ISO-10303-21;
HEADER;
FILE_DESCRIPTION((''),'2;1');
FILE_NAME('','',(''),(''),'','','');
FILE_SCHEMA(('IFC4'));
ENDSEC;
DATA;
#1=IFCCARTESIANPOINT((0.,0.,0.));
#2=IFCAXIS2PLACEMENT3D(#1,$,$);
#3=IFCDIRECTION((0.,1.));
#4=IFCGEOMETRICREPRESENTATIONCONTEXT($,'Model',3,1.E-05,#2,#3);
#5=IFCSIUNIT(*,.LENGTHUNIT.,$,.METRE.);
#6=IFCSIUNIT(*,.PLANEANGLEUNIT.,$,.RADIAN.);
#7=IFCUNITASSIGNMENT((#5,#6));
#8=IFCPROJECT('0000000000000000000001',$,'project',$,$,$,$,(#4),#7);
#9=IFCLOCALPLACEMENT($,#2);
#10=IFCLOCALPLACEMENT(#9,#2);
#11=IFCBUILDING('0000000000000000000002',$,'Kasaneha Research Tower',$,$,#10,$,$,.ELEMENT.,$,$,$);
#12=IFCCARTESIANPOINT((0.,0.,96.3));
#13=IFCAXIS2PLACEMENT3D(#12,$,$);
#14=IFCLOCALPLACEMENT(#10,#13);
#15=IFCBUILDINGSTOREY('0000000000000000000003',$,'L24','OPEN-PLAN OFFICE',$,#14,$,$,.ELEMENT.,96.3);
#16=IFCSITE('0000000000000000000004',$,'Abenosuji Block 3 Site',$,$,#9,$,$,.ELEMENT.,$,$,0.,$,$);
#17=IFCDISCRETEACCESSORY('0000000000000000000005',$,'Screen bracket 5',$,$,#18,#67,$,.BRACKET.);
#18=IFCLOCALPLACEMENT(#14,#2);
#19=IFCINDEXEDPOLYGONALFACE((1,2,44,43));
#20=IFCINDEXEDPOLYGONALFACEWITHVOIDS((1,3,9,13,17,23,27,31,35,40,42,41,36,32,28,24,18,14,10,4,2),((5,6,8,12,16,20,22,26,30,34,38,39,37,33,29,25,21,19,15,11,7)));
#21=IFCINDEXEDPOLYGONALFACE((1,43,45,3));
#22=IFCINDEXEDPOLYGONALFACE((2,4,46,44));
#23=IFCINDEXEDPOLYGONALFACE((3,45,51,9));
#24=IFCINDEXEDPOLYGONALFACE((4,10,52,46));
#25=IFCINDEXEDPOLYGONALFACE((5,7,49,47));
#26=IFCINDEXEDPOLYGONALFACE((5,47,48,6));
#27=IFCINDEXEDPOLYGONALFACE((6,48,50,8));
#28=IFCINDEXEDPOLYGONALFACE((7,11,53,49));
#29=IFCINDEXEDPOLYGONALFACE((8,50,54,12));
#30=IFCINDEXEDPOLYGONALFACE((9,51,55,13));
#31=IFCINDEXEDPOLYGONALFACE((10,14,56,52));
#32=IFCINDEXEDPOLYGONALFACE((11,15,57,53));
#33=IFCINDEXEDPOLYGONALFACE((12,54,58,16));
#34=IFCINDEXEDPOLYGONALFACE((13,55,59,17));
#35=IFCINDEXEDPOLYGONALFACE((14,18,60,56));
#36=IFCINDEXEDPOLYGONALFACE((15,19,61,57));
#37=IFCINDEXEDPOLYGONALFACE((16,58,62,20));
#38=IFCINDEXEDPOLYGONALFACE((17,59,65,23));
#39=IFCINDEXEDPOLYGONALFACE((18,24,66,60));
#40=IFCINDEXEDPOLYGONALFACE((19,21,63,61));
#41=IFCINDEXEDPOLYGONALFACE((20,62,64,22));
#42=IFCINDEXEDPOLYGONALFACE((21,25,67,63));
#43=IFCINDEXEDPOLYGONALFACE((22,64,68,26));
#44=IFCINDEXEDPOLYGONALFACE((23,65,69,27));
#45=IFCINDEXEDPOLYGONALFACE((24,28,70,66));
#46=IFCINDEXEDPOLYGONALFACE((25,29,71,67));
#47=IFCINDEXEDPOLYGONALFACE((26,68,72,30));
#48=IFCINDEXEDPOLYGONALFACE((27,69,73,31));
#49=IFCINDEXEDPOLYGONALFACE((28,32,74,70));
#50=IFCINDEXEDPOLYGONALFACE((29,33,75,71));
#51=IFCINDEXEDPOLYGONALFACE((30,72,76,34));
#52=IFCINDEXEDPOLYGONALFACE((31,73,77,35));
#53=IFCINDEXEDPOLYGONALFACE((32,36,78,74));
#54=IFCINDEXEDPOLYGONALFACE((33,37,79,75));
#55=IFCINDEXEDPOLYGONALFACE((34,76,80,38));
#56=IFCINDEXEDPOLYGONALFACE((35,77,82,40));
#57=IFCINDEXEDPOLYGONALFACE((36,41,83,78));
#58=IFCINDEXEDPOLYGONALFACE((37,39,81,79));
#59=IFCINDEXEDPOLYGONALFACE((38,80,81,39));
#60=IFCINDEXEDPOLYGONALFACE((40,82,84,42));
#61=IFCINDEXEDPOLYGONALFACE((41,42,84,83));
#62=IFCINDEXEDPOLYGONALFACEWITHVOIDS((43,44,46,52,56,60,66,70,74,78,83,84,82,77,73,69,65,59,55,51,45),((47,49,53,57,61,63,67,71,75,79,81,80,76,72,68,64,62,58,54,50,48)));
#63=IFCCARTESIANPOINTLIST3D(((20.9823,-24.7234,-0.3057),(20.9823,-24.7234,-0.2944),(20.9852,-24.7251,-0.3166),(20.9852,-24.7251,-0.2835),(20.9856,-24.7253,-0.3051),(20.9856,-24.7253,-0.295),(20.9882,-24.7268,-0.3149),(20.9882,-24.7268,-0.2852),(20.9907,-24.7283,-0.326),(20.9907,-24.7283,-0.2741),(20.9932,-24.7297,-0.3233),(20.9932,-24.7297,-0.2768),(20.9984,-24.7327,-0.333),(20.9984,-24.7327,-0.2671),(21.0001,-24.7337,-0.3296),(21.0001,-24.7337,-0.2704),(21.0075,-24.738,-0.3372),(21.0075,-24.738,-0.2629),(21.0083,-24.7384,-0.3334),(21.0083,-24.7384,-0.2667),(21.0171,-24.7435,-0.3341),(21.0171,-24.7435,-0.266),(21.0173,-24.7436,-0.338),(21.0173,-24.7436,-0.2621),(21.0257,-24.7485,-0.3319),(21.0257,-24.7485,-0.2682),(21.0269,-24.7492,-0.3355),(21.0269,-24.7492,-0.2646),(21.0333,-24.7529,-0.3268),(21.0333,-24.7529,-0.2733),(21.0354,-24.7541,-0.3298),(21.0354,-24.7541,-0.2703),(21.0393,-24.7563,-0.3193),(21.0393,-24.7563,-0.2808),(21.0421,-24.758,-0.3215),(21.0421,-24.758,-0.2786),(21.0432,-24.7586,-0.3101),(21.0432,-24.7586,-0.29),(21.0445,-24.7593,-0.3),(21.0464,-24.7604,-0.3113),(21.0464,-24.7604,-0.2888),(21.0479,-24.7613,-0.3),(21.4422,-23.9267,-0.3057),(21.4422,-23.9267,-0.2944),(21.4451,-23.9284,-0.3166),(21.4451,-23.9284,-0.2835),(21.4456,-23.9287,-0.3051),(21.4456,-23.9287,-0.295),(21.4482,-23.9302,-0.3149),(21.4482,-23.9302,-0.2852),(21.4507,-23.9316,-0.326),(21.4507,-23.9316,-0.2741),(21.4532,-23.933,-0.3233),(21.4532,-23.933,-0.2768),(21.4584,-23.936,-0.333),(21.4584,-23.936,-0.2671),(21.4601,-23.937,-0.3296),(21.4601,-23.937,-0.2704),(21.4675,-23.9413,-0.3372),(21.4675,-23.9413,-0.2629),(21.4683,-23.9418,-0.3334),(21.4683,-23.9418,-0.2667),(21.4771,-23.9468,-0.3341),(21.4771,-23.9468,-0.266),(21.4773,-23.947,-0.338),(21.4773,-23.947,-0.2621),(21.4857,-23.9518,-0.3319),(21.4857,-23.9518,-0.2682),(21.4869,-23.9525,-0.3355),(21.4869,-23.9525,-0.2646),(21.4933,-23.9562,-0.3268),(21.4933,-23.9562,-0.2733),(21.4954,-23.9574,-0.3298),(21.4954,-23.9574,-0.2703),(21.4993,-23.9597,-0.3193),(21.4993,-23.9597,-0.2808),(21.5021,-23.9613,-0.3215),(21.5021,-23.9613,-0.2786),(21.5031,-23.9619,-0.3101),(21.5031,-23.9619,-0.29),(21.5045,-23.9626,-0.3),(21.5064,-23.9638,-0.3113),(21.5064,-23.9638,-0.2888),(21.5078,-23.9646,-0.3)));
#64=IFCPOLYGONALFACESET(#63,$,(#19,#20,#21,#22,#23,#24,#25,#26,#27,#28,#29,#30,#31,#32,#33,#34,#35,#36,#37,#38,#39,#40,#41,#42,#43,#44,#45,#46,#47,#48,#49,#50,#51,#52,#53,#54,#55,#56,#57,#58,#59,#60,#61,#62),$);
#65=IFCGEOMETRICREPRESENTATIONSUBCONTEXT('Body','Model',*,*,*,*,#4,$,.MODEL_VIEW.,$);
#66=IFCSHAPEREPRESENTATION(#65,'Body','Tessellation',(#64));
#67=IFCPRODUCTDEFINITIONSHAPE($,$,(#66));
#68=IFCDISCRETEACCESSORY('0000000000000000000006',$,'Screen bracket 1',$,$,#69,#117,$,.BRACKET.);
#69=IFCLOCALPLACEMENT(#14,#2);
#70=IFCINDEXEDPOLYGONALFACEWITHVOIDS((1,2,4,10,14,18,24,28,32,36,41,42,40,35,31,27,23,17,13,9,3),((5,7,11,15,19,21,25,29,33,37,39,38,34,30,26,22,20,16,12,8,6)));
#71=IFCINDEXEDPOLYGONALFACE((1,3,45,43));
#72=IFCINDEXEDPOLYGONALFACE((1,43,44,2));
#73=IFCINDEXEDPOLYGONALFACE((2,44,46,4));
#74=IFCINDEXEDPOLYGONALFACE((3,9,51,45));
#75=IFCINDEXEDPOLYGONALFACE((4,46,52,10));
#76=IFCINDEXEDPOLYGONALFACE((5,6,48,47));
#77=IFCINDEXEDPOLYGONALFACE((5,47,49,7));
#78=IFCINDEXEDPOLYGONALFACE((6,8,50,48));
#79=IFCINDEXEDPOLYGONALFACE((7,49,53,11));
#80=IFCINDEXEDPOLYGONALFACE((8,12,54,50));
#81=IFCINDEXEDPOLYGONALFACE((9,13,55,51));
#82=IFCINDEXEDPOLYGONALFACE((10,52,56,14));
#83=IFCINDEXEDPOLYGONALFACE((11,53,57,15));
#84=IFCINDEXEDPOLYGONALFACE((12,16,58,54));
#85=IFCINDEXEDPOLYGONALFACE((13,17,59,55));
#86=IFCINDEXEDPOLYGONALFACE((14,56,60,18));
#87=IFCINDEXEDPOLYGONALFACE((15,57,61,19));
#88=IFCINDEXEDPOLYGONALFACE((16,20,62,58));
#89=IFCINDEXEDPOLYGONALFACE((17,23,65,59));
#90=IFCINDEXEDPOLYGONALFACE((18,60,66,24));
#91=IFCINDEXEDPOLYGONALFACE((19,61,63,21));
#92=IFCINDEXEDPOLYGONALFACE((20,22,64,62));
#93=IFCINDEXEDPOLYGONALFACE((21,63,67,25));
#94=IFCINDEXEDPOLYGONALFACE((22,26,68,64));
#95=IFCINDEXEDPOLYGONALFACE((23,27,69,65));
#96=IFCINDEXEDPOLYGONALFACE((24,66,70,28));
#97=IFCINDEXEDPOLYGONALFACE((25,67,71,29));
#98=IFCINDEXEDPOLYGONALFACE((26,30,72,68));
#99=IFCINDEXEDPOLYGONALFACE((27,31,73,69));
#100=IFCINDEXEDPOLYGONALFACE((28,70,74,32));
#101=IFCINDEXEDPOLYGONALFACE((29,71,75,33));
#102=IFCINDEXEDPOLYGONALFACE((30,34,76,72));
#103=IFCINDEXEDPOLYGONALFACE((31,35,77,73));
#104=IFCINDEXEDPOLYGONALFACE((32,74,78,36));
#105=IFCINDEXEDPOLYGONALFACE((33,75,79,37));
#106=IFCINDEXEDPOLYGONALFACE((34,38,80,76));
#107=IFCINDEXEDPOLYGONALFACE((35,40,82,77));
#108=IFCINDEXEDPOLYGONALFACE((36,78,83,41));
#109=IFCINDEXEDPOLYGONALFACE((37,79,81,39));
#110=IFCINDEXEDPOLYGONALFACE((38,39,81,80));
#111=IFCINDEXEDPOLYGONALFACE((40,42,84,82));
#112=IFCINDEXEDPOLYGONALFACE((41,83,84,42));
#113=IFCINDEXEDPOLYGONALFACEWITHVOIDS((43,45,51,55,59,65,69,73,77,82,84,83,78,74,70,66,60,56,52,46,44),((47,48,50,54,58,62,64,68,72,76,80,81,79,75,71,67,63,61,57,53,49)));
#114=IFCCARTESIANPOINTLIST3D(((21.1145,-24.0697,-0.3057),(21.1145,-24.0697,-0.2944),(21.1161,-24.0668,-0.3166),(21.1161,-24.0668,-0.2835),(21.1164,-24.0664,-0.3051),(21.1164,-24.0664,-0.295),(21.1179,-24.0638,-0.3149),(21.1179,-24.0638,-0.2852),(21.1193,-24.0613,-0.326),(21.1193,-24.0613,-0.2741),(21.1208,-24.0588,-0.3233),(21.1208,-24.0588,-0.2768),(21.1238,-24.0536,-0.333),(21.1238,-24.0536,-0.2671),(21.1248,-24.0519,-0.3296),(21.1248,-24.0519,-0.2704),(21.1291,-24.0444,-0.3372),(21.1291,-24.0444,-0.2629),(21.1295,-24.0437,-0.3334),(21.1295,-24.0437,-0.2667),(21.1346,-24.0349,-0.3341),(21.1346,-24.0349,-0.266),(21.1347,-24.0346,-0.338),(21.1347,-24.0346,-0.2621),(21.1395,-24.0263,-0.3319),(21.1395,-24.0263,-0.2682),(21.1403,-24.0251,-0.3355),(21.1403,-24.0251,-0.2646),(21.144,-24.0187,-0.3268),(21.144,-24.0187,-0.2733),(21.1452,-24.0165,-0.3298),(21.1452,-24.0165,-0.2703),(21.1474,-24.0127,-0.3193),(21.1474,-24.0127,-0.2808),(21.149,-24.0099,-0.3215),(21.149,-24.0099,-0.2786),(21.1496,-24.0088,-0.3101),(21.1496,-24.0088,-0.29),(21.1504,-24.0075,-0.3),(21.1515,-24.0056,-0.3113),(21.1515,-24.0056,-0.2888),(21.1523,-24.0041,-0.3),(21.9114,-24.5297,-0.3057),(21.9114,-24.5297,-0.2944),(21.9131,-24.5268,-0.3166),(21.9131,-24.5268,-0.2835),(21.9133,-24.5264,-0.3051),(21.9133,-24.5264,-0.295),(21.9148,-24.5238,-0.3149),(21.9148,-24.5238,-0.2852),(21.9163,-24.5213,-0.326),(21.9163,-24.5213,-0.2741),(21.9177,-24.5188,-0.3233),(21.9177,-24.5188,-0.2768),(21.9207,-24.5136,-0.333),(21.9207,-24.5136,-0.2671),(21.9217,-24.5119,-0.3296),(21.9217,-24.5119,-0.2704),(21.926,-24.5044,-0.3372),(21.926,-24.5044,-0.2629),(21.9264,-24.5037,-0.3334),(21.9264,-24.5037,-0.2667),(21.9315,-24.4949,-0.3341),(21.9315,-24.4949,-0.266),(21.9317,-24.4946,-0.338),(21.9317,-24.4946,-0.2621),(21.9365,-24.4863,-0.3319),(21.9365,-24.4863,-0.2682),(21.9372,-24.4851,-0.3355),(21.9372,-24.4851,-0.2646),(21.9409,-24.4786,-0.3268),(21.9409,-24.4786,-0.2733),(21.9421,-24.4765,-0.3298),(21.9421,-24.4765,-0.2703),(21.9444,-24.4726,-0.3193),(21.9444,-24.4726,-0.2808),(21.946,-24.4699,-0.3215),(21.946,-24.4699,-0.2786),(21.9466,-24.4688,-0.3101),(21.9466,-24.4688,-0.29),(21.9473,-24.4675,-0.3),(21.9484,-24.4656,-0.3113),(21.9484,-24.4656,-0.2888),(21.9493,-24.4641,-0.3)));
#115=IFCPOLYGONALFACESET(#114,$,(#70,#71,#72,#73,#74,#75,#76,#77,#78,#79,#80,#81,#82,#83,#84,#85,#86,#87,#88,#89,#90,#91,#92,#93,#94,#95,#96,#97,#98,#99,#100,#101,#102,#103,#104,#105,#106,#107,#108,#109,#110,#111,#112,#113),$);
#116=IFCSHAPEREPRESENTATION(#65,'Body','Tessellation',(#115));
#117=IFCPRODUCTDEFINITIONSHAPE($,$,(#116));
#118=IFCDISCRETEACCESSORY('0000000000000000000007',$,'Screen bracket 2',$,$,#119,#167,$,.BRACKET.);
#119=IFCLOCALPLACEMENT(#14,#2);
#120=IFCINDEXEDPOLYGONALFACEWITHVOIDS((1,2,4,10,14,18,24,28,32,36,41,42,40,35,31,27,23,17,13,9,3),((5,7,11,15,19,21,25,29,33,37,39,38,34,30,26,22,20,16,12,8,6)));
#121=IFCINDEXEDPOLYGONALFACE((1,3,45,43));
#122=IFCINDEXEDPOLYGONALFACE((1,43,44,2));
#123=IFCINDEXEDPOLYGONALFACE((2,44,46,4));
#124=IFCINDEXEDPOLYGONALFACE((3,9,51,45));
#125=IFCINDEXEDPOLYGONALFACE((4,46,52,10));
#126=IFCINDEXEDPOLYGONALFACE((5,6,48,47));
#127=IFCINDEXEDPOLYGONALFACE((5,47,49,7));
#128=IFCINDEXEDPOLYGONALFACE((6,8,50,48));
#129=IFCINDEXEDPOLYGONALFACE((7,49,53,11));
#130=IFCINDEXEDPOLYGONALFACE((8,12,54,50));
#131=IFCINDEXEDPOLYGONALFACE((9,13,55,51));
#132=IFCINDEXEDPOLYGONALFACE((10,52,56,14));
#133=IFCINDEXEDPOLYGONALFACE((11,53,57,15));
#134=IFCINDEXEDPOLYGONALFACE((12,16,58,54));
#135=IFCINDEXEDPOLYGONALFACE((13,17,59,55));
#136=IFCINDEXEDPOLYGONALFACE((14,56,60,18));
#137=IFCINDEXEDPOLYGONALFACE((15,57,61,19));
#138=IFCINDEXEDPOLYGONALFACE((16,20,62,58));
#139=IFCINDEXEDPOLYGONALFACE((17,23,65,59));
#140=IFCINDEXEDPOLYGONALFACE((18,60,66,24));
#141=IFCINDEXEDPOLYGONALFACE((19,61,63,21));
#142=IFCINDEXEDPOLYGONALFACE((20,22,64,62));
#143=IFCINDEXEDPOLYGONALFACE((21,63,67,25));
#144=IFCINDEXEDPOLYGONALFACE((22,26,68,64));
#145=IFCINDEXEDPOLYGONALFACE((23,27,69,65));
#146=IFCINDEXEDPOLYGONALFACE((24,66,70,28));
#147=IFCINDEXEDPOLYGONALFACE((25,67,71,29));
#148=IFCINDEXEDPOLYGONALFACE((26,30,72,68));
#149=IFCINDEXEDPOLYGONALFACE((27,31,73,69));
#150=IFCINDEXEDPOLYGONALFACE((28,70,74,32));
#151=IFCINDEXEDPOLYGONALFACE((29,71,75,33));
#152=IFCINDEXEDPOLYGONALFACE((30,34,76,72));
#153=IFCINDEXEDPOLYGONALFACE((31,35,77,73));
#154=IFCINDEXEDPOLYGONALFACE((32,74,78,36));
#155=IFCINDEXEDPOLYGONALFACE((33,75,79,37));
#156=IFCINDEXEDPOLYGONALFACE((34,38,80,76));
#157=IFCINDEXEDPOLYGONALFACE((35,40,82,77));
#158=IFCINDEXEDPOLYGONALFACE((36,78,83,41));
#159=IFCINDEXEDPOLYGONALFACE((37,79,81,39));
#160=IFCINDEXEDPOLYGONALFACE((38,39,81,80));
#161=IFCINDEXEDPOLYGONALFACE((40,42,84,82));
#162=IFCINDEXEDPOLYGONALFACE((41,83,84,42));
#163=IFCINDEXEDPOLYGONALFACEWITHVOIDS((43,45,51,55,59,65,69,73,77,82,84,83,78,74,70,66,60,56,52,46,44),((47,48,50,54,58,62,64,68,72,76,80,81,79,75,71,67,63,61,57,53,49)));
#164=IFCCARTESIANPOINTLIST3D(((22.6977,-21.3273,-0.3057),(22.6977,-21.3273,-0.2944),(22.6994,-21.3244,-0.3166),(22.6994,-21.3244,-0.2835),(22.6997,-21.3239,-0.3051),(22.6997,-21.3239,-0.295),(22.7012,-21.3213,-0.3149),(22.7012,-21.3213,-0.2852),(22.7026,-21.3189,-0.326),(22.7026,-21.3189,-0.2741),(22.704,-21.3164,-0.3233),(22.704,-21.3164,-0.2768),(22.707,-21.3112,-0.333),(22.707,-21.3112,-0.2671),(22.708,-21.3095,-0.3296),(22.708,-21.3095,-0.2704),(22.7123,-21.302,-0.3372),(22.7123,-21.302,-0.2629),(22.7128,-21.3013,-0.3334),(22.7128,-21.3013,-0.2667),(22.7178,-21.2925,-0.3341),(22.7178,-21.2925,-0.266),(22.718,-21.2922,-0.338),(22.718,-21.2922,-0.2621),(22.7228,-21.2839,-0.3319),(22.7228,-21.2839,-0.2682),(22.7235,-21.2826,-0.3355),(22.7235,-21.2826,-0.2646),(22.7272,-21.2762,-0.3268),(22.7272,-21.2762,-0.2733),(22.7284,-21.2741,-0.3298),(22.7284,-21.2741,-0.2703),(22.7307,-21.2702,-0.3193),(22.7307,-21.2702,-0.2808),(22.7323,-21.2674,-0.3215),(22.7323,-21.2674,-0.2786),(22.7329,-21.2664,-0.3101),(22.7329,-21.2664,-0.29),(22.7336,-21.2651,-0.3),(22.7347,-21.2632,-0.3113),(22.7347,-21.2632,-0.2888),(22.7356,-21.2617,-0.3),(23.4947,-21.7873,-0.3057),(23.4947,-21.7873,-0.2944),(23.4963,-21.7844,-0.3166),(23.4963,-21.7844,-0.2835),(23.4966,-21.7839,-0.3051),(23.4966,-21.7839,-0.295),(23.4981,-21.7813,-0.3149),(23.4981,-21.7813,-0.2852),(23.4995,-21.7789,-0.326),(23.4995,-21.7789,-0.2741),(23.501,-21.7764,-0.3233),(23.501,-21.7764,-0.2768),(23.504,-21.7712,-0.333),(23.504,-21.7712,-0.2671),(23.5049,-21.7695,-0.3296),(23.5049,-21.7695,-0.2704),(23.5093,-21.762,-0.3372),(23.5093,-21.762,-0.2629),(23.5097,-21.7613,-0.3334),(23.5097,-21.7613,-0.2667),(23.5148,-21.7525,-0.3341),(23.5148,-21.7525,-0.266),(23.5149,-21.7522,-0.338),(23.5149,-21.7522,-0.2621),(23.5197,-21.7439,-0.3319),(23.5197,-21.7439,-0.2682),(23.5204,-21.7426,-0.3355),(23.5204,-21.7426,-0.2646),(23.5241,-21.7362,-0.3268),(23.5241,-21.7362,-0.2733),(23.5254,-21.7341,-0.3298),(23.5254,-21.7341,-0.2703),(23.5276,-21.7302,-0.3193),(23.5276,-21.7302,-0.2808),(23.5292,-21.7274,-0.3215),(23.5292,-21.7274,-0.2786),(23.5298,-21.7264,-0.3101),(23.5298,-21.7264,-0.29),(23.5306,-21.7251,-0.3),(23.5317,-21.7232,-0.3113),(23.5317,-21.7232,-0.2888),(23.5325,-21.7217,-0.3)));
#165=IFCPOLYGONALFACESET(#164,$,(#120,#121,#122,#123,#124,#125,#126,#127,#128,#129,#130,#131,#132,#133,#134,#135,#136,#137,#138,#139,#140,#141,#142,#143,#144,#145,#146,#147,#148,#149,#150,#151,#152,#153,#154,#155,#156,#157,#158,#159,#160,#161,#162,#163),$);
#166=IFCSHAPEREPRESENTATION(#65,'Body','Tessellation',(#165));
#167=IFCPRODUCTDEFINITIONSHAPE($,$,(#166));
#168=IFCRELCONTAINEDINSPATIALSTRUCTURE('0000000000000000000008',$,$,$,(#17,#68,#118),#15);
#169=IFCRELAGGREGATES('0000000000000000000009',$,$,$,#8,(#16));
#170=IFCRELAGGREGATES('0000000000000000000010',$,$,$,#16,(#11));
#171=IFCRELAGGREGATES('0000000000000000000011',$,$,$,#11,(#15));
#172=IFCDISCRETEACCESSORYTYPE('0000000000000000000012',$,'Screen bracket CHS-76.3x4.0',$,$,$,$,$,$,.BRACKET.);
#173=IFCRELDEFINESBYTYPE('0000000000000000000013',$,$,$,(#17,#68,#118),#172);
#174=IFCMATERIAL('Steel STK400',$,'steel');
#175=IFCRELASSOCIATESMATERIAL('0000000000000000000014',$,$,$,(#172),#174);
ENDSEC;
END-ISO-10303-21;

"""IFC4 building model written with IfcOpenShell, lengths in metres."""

from ifc_helpers import new_model, si_unit, direction, frame, origin, origin_2d, place, context, subcontext, project, spatial, hollow_circle, extrude, material, material_profile, profile_set, type_object, element, save


model = new_model("IFC4")

# Units and contexts
model_context = context("Model", 3, precision=1e-05, world=origin(), true_north=direction((0.0, 1.0)))
body_context = subcontext(model_context, "Body", "Model", "MODEL_VIEW")
ifc_project = project(units=[si_unit("LENGTHUNIT", "METRE"), si_unit("PLANEANGLEUNIT", "RADIAN")], contexts=[model_context])

# Site, building, storey
site_placement = place(None, origin())
site = spatial("IfcSite", under=ifc_project, at=site_placement, Name="Abenosuji Block 3 Site", CompositionType="ELEMENT", RefElevation=0.0)
building_placement = place(site_placement, origin())
building = spatial("IfcBuilding", under=site, at=building_placement, Name="Kasaneha Research Tower", CompositionType="ELEMENT")
storey_placement = place(building_placement, frame((0.0, 0.0, 96.3)))
storey = spatial("IfcBuildingStorey", under=building, at=storey_placement, Name="L24", Description="OPEN-PLAN OFFICE", CompositionType="ELEMENT", Elevation=96.3)

# Discrete accessories
ifc_material_1 = material(Name="Steel STK400", Category="steel")
ifc_material_profile_1 = material_profile(ifc_material_1, hollow_circle(Radius=0.0381, WallThickness=0.0039, at=origin_2d()), Name="CHS-76.3x4.0")
ifc_profile_set_1 = profile_set([ifc_material_profile_1], Name="Steel STK400")
discrete_accessory_type = type_object("IfcDiscreteAccessoryType", Name="Screen bracket CHS-76.3x4.0", PredefinedType="BRACKET", material=ifc_profile_set_1)
discrete_accessory_1_placement = place(storey_placement, frame((21.4749, -23.9456, -0.3), z_axis=(-0.500021, -0.866013, 0.0), x_axis=(0.866013, -0.500021, 0.0)))
element("IfcDiscreteAccessory", 1, at=discrete_accessory_1_placement, inside=storey, type_object=discrete_accessory_type, Name="Screen bracket 5", PredefinedType="BRACKET", context=body_context, shape_type="SweptSolid", body=[
    extrude(hollow_circle(Radius=0.0381, WallThickness=0.0039, at=origin_2d()), origin(), (0.0, 0.0, 1.0), 0.9199),
])
for number, where, z_axis, x_axis, name in (
    (2, (21.1333, -24.0371, -0.3), (0.86608, -0.499906, 0.0), (0.499906, 0.86608, 0.0), "Screen bracket 1"),
    (3, (22.7166, -21.2947, -0.3), (0.86608, -0.499906, 0.0), (0.499906, 0.86608, 0.0), "Screen bracket 2"),
):
    element("IfcDiscreteAccessory", number, at=place(storey_placement, frame(where, z_axis=z_axis, x_axis=x_axis)), inside=storey, type_object=discrete_accessory_type, Name=name, PredefinedType="BRACKET", context=body_context, shape_type="SweptSolid", body=[
        extrude(hollow_circle(Radius=0.0381, WallThickness=0.0039, at=origin_2d()), origin(), (0.0, 0.0, 1.0), 0.9202),
    ])

save(model, "model.ifc")
